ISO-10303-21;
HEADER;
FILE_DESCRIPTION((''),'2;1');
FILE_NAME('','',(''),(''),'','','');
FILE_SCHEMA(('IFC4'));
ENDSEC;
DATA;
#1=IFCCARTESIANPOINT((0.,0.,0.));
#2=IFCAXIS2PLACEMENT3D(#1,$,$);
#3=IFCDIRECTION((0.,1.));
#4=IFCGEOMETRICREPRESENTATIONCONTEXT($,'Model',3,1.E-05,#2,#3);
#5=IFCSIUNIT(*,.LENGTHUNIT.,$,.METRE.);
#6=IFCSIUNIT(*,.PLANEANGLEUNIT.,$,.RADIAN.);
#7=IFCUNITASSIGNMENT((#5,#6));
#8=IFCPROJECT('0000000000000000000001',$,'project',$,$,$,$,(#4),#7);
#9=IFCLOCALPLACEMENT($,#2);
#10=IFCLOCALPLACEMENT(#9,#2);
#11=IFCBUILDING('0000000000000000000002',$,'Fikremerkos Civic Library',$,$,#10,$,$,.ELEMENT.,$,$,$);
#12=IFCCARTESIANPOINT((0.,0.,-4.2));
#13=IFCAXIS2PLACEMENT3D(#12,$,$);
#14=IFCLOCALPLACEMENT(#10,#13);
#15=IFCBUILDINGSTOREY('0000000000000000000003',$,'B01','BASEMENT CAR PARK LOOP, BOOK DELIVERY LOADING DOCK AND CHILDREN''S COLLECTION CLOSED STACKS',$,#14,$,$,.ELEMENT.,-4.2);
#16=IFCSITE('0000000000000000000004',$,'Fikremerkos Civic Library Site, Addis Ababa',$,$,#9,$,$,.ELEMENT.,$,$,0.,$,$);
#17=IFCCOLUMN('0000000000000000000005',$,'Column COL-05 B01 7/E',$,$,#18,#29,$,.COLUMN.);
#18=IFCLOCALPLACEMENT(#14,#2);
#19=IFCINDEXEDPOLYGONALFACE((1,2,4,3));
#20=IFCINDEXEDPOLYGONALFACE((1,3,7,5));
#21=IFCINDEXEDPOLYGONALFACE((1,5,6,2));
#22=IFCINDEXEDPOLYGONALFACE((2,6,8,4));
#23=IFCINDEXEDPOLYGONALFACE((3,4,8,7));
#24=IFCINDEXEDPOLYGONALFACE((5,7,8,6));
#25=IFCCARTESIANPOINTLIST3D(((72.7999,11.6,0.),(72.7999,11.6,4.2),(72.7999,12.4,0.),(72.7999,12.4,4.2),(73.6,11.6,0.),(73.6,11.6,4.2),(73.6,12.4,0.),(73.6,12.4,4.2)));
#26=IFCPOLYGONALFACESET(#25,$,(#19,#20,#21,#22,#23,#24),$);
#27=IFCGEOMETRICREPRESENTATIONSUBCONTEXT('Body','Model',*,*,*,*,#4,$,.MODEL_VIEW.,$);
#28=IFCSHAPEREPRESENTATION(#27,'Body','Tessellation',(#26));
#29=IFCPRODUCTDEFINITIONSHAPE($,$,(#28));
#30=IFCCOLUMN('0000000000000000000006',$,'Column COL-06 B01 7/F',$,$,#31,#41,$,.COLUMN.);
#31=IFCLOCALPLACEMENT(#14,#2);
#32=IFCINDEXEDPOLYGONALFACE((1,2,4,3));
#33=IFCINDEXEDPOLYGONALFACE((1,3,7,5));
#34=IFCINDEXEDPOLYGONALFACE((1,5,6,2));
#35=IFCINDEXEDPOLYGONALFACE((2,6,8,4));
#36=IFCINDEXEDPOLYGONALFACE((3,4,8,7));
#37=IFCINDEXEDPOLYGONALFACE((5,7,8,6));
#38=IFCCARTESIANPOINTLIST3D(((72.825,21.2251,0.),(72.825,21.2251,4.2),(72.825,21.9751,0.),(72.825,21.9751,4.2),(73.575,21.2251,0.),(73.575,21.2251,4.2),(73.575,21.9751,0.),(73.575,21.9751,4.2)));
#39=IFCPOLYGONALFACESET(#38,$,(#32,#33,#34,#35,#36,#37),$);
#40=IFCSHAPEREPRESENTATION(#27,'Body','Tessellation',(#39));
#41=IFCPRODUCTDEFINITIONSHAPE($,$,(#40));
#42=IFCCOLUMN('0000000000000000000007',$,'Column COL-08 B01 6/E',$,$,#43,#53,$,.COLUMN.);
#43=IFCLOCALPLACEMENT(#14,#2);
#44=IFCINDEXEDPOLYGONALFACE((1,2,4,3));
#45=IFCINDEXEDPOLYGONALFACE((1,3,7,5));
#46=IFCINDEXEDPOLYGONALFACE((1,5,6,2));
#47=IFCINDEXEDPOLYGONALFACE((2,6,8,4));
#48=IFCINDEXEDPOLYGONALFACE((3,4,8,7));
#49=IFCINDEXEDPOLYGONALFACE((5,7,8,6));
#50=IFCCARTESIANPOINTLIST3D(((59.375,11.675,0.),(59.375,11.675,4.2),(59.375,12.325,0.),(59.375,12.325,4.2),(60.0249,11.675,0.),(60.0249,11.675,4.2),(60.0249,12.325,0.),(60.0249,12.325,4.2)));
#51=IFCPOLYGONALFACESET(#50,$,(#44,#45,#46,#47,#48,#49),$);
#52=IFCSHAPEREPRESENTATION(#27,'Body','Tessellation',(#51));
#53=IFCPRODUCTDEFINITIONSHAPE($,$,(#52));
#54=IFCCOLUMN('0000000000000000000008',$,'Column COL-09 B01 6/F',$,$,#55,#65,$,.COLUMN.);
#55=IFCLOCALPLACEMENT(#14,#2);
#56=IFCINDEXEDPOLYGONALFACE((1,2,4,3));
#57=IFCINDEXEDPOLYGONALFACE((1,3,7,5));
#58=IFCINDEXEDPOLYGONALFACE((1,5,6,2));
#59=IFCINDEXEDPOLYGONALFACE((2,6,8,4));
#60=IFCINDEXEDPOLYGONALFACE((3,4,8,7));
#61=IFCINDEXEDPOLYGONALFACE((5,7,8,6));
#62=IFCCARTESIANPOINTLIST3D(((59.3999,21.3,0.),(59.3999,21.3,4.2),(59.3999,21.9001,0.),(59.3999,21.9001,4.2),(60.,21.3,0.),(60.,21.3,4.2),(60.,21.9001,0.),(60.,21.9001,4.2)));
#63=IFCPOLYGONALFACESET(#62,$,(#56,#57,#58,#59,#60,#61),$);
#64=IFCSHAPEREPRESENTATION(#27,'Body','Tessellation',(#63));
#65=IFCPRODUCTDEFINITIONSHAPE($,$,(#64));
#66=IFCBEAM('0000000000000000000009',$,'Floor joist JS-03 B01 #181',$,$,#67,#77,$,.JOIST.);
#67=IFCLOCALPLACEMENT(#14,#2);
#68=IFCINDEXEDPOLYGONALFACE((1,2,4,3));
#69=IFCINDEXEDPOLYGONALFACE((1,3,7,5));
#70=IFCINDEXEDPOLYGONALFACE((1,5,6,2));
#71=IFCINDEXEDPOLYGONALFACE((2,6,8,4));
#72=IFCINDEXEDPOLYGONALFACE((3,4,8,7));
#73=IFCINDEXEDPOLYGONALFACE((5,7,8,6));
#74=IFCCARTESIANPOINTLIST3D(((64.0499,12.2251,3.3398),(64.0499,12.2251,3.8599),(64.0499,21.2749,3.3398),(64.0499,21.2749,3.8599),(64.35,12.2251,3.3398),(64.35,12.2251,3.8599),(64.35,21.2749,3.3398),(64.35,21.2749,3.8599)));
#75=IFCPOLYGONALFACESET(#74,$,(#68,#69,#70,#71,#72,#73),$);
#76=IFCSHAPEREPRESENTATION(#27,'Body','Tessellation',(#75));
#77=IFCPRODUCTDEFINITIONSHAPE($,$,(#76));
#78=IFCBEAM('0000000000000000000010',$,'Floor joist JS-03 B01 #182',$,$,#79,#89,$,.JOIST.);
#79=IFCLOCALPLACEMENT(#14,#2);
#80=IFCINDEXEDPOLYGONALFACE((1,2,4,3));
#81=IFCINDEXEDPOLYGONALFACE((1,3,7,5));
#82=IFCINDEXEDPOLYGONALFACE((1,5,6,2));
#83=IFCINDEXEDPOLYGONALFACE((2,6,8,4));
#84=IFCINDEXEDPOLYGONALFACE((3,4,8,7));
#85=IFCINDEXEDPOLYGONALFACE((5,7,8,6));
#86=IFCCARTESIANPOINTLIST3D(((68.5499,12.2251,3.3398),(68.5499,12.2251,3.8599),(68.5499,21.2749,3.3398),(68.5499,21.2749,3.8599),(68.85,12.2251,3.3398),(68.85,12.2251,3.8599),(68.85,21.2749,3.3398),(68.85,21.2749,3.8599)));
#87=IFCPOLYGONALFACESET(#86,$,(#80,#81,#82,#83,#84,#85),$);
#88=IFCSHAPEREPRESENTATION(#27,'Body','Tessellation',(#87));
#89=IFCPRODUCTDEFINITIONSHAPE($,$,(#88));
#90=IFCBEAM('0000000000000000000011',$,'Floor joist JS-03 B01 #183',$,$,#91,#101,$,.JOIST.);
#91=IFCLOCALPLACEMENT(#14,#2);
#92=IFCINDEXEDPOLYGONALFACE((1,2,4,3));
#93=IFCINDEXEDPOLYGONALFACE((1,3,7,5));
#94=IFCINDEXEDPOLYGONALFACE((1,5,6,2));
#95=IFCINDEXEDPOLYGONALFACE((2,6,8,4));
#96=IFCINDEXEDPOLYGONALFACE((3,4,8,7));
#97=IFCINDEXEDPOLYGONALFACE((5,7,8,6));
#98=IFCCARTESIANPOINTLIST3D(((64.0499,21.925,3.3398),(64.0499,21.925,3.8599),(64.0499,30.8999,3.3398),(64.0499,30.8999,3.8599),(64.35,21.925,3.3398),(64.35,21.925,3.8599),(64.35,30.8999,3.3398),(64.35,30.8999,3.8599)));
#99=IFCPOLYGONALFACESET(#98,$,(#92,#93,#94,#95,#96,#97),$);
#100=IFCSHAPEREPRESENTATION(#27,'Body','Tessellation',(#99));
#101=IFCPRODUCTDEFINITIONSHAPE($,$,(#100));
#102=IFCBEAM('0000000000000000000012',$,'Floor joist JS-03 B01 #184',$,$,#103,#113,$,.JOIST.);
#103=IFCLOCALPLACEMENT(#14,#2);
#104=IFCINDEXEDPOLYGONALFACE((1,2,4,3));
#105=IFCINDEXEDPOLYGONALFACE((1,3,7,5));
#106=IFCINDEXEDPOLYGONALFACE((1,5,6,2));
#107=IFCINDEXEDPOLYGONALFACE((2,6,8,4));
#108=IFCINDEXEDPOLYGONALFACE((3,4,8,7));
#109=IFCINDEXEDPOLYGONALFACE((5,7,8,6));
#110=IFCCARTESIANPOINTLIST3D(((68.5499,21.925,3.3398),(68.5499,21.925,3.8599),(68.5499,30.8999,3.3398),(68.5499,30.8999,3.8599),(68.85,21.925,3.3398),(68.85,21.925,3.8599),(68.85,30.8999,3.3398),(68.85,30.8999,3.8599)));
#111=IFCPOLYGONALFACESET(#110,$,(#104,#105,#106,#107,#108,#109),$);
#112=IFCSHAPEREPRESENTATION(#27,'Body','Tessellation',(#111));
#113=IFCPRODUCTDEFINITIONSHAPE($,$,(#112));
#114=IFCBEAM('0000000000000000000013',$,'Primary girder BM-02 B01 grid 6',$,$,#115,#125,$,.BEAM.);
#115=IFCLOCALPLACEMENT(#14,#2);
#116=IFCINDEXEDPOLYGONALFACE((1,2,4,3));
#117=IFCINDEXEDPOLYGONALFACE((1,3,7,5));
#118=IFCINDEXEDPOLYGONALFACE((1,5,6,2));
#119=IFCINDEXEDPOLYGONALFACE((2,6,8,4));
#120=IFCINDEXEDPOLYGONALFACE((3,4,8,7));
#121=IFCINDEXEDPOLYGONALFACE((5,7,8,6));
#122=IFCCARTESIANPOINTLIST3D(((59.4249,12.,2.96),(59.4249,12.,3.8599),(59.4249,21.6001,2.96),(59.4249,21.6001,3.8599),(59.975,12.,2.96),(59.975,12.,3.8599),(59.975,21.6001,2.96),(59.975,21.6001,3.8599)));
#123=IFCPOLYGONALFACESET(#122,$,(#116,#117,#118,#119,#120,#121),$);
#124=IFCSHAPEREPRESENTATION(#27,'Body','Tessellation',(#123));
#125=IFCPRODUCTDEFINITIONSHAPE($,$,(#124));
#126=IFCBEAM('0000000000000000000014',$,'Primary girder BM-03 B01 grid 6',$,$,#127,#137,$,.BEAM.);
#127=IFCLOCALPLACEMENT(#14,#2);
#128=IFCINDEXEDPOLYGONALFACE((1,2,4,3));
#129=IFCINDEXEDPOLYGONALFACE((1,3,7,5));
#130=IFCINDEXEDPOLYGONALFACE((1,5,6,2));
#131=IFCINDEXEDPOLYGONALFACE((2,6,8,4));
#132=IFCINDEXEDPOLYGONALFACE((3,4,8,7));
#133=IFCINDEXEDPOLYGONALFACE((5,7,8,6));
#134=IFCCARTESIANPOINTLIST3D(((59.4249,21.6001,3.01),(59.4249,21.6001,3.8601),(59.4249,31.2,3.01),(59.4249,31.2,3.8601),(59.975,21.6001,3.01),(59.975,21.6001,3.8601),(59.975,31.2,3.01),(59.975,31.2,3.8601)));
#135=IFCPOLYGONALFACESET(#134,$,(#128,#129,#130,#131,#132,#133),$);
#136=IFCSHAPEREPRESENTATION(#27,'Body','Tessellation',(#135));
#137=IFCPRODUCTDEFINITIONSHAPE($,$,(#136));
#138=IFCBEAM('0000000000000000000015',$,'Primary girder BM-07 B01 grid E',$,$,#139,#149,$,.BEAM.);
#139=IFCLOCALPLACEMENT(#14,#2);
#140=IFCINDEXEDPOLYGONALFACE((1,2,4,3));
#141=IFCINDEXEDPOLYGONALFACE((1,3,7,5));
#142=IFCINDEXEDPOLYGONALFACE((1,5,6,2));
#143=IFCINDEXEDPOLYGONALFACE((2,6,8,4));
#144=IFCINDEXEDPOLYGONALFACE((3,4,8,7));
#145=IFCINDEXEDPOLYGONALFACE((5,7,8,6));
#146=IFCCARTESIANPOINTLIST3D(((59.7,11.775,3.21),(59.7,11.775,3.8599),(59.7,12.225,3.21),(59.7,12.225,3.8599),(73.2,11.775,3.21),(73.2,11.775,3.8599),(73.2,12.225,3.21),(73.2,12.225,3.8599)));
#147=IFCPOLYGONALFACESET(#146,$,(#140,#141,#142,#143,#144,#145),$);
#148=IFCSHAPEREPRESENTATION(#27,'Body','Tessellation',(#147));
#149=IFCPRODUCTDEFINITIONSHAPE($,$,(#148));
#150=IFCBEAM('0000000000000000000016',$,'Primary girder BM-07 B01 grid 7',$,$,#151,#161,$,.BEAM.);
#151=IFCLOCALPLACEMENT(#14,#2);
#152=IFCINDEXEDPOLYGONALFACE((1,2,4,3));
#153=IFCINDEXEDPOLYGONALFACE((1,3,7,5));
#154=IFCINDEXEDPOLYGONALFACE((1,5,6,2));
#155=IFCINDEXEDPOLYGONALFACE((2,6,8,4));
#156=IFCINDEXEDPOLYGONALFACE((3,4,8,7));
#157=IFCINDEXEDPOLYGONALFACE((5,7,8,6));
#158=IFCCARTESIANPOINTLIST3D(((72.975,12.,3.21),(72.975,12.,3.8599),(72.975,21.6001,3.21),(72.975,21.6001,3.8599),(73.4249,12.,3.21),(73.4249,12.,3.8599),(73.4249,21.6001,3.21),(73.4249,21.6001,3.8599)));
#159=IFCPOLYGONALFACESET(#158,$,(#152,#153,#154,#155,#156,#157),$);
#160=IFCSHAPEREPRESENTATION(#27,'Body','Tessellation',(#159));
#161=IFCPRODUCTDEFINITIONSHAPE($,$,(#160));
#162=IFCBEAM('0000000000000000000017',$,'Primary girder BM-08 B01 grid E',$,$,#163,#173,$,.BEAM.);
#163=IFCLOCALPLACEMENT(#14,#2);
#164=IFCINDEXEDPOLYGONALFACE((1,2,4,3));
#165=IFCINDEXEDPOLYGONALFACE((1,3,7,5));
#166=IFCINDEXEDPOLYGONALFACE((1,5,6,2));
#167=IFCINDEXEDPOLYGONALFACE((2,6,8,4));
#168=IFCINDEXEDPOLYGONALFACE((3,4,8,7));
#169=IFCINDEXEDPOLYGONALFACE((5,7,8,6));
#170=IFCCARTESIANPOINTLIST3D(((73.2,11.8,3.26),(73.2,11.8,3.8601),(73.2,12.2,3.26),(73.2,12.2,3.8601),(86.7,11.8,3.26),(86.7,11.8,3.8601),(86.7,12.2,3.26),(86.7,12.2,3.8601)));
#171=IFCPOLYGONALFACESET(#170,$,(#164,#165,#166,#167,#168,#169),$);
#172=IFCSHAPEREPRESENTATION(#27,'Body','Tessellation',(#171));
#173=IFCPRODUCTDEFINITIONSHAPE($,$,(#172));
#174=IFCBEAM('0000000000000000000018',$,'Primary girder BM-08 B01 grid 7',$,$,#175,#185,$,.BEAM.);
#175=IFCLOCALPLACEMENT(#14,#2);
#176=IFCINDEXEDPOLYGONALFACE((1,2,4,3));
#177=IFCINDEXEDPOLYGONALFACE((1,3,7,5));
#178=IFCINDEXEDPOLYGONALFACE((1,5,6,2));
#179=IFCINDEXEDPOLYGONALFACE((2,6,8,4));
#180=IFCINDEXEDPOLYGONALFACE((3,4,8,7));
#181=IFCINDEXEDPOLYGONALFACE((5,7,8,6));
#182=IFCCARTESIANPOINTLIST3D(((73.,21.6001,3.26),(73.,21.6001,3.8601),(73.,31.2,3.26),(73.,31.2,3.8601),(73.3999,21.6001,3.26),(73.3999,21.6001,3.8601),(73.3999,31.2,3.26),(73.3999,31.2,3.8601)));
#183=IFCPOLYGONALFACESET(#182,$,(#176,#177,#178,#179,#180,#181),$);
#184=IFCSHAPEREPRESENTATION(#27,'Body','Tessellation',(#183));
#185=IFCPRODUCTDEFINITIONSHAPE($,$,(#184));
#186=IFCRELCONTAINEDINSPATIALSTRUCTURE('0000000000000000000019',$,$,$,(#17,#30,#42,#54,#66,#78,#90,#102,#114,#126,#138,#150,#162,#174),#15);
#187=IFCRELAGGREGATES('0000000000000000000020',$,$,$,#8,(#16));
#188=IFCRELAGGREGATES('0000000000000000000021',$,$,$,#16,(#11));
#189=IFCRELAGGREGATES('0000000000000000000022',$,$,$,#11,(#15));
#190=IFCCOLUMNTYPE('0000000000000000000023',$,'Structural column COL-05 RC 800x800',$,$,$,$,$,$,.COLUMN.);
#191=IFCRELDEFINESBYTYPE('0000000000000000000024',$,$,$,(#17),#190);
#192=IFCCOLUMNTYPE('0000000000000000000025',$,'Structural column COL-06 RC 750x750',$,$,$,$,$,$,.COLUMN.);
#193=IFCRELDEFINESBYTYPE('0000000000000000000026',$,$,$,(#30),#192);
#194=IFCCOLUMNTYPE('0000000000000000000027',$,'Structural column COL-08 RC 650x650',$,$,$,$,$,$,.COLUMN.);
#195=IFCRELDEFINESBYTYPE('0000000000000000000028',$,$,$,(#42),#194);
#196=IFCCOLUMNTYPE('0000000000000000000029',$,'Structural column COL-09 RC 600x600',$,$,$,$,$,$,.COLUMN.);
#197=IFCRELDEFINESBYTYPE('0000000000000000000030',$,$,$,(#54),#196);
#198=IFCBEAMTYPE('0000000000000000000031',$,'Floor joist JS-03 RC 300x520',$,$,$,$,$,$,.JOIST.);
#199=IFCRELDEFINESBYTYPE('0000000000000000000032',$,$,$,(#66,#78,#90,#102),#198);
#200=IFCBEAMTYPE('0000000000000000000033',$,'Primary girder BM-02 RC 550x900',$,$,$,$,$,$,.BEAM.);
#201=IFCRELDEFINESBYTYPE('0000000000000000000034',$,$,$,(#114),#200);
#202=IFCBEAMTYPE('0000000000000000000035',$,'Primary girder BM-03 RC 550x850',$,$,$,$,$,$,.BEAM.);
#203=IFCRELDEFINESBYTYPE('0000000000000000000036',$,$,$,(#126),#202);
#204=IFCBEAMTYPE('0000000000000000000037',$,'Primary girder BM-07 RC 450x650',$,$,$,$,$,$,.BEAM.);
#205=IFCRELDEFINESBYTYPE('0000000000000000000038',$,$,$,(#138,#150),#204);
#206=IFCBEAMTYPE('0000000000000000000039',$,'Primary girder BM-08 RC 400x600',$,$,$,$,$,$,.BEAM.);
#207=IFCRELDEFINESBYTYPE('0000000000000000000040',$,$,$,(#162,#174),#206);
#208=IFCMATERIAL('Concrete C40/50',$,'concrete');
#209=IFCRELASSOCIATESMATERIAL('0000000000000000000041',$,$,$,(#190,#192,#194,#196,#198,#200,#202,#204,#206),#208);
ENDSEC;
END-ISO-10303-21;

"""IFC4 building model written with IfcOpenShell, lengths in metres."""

from ifc_helpers import new_model, si_unit, direction, frame, origin, origin_2d, place, context, subcontext, project, spatial, rectangle, extrude, material, material_profile, profile_set, type_object, element, save


model = new_model("IFC4")

# Units and contexts
model_context = context("Model", 3, precision=1e-05, world=origin(), true_north=direction((0.0, 1.0)))
body_context = subcontext(model_context, "Body", "Model", "MODEL_VIEW")
ifc_project = project(units=[si_unit("LENGTHUNIT", "METRE"), si_unit("PLANEANGLEUNIT", "RADIAN")], contexts=[model_context])

# Site, building, storey
site_placement = place(None, origin())
site = spatial("IfcSite", under=ifc_project, at=site_placement, Name="Fikremerkos Civic Library Site, Addis Ababa", CompositionType="ELEMENT", RefElevation=0.0)
building_placement = place(site_placement, origin())
building = spatial("IfcBuilding", under=site, at=building_placement, Name="Fikremerkos Civic Library", CompositionType="ELEMENT")
storey_placement = place(building_placement, frame((0.0, 0.0, -4.2)))
storey = spatial("IfcBuildingStorey", under=building, at=storey_placement, Name="B01", Description="BASEMENT CAR PARK LOOP, BOOK DELIVERY LOADING DOCK AND CHILDREN'S COLLECTION CLOSED STACKS", CompositionType="ELEMENT", Elevation=-4.2)

# Columns
ifc_material_1 = material(Name="Concrete C40/50", Category="concrete")
ifc_material_profile_1 = material_profile(ifc_material_1, rectangle(XDim=0.8, YDim=0.8, at=origin_2d()), Name="RC 800x800")
ifc_profile_set_1 = profile_set([ifc_material_profile_1], Name="Concrete C40/50")
column_type_1 = type_object("IfcColumnType", Name="Structural column COL-05 RC 800x800", PredefinedType="COLUMN", material=ifc_profile_set_1)
column_1_placement = place(storey_placement, frame((73.2, 12.0, 0.0), z_axis=(0.0, 0.0, 1.0), x_axis=(1.0, 0.0, 0.0)))
element("IfcColumn", 1, at=column_1_placement, inside=storey, type_object=column_type_1, Name="Column COL-05 B01 7/E", PredefinedType="COLUMN", context=body_context, shape_type="SweptSolid", body=[
    extrude(rectangle(XDim=0.8, YDim=0.8, at=origin_2d()), origin(), (0.0, 0.0, 1.0), 4.2),
])
ifc_material_profile_2 = material_profile(ifc_material_1, rectangle(XDim=0.75, YDim=0.75, at=origin_2d()), Name="RC 750x750")
ifc_profile_set_2 = profile_set([ifc_material_profile_2], Name="Concrete C40/50")
column_type_2 = type_object("IfcColumnType", Name="Structural column COL-06 RC 750x750", PredefinedType="COLUMN", material=ifc_profile_set_2)
column_2_placement = place(storey_placement, frame((73.2, 21.6001, 0.0), z_axis=(0.0, 0.0, 1.0), x_axis=(1.0, 0.0, 0.0)))
element("IfcColumn", 2, at=column_2_placement, inside=storey, type_object=column_type_2, Name="Column COL-06 B01 7/F", PredefinedType="COLUMN", context=body_context, shape_type="SweptSolid", body=[
    extrude(rectangle(XDim=0.75, YDim=0.75, at=origin_2d()), origin(), (0.0, 0.0, 1.0), 4.2),
])
ifc_material_profile_3 = material_profile(ifc_material_1, rectangle(XDim=0.6499, YDim=0.6499, at=origin_2d()), Name="RC 650x650")
ifc_profile_set_3 = profile_set([ifc_material_profile_3], Name="Concrete C40/50")
column_type_3 = type_object("IfcColumnType", Name="Structural column COL-08 RC 650x650", PredefinedType="COLUMN", material=ifc_profile_set_3)
column_3_placement = place(storey_placement, frame((59.7, 12.0, 0.0), z_axis=(0.0, 0.0, 1.0), x_axis=(1.0, 0.0, 0.0)))
element("IfcColumn", 3, at=column_3_placement, inside=storey, type_object=column_type_3, Name="Column COL-08 B01 6/E", PredefinedType="COLUMN", context=body_context, shape_type="SweptSolid", body=[
    extrude(rectangle(XDim=0.6499, YDim=0.6499, at=origin_2d()), origin(), (0.0, 0.0, 1.0), 4.2),
])
ifc_material_profile_4 = material_profile(ifc_material_1, rectangle(XDim=0.6001, YDim=0.6001, at=origin_2d()), Name="RC 600x600")
ifc_profile_set_4 = profile_set([ifc_material_profile_4], Name="Concrete C40/50")
column_type_4 = type_object("IfcColumnType", Name="Structural column COL-09 RC 600x600", PredefinedType="COLUMN", material=ifc_profile_set_4)
column_4_placement = place(storey_placement, frame((59.7, 21.6001, 0.0), z_axis=(0.0, 0.0, 1.0), x_axis=(1.0, 0.0, 0.0)))
element("IfcColumn", 4, at=column_4_placement, inside=storey, type_object=column_type_4, Name="Column COL-09 B01 6/F", PredefinedType="COLUMN", context=body_context, shape_type="SweptSolid", body=[
    extrude(rectangle(XDim=0.6001, YDim=0.6001, at=origin_2d()), origin(), (0.0, 0.0, 1.0), 4.2),
])

# Beams
ifc_material_profile_5 = material_profile(ifc_material_1, rectangle(XDim=0.3, YDim=0.52, at=origin_2d()), Name="RC 300x520")
ifc_profile_set_5 = profile_set([ifc_material_profile_5], Name="Concrete C40/50")
beam_type_1 = type_object("IfcBeamType", Name="Floor joist JS-03 RC 300x520", PredefinedType="JOIST", material=ifc_profile_set_5)
for number, where, z_axis, x_axis, name in (
    (5, (64.2, 12.2251, 3.5999), (0.0, 1.0, 0.0), (-1.0, 0.0, 0.0), "Floor joist JS-03 B01 #181"),
    (6, (68.7, 12.2251, 3.5999), (0.0, 1.0, 0.0), (-1.0, 0.0, 0.0), "Floor joist JS-03 B01 #182"),
):
    element("IfcBeam", number, at=place(storey_placement, frame(where, z_axis=z_axis, x_axis=x_axis)), inside=storey, type_object=beam_type_1, Name=name, PredefinedType="JOIST", context=body_context, shape_type="SweptSolid", body=[
        extrude(rectangle(XDim=0.3, YDim=0.52, at=origin_2d()), origin(), (0.0, 0.0, 1.0), 9.0498),
    ])
for number, where, z_axis, x_axis, name in (
    (7, (64.2, 21.925, 3.5999), (0.0, 1.0, 0.0), (-1.0, 0.0, 0.0), "Floor joist JS-03 B01 #183"),
    (8, (68.7, 21.925, 3.5999), (0.0, 1.0, 0.0), (-1.0, 0.0, 0.0), "Floor joist JS-03 B01 #184"),
):
    element("IfcBeam", number, at=place(storey_placement, frame(where, z_axis=z_axis, x_axis=x_axis)), inside=storey, type_object=beam_type_1, Name=name, PredefinedType="JOIST", context=body_context, shape_type="SweptSolid", body=[
        extrude(rectangle(XDim=0.3, YDim=0.52, at=origin_2d()), origin(), (0.0, 0.0, 1.0), 8.9749),
    ])
ifc_material_profile_6 = material_profile(ifc_material_1, rectangle(XDim=0.55, YDim=0.8999, at=origin_2d()), Name="RC 550x900")
ifc_profile_set_6 = profile_set([ifc_material_profile_6], Name="Concrete C40/50")
beam_type_2 = type_object("IfcBeamType", Name="Primary girder BM-02 RC 550x900", PredefinedType="BEAM", material=ifc_profile_set_6)
beam_1_placement = place(storey_placement, frame((59.7, 12.0, 3.4099), z_axis=(0.0, 1.0, 0.0), x_axis=(-1.0, 0.0, 0.0)))
element("IfcBeam", 9, at=beam_1_placement, inside=storey, type_object=beam_type_2, Name="Primary girder BM-02 B01 grid 6", PredefinedType="BEAM", context=body_context, shape_type="SweptSolid", body=[
    extrude(rectangle(XDim=0.55, YDim=0.8999, at=origin_2d()), origin(), (0.0, 0.0, 1.0), 9.6001),
])
ifc_material_profile_7 = material_profile(ifc_material_1, rectangle(XDim=0.55, YDim=0.8501, at=origin_2d()), Name="RC 550x850")
ifc_profile_set_7 = profile_set([ifc_material_profile_7], Name="Concrete C40/50")
beam_type_3 = type_object("IfcBeamType", Name="Primary girder BM-03 RC 550x850", PredefinedType="BEAM", material=ifc_profile_set_7)
beam_2_placement = place(storey_placement, frame((59.7, 21.6001, 3.4351), z_axis=(0.0, 1.0, 0.0), x_axis=(-1.0, 0.0, 0.0)))
element("IfcBeam", 10, at=beam_2_placement, inside=storey, type_object=beam_type_3, Name="Primary girder BM-03 B01 grid 6", PredefinedType="BEAM", context=body_context, shape_type="SweptSolid", body=[
    extrude(rectangle(XDim=0.55, YDim=0.8501, at=origin_2d()), origin(), (0.0, 0.0, 1.0), 9.5999),
])
ifc_material_profile_8 = material_profile(ifc_material_1, rectangle(XDim=0.45, YDim=0.6499, at=origin_2d()), Name="RC 450x650")
ifc_profile_set_8 = profile_set([ifc_material_profile_8], Name="Concrete C40/50")
beam_type_4 = type_object("IfcBeamType", Name="Primary girder BM-07 RC 450x650", PredefinedType="BEAM", material=ifc_profile_set_8)
beam_3_placement = place(storey_placement, frame((59.7, 12.0, 3.5349), z_axis=(1.0, 0.0, 0.0), x_axis=(0.0, 1.0, 0.0)))
element("IfcBeam", 11, at=beam_3_placement, inside=storey, type_object=beam_type_4, Name="Primary girder BM-07 B01 grid E", PredefinedType="BEAM", context=body_context, shape_type="SweptSolid", body=[
    extrude(rectangle(XDim=0.45, YDim=0.6499, at=origin_2d()), origin(), (0.0, 0.0, 1.0), 13.5),
])
beam_4_placement = place(storey_placement, frame((73.2, 12.0, 3.5349), z_axis=(0.0, 1.0, 0.0), x_axis=(-1.0, 0.0, 0.0)))
element("IfcBeam", 12, at=beam_4_placement, inside=storey, type_object=beam_type_4, Name="Primary girder BM-07 B01 grid 7", PredefinedType="BEAM", context=body_context, shape_type="SweptSolid", body=[
    extrude(rectangle(XDim=0.45, YDim=0.6499, at=origin_2d()), origin(), (0.0, 0.0, 1.0), 9.6001),
])
ifc_material_profile_9 = material_profile(ifc_material_1, rectangle(XDim=0.3999, YDim=0.6001, at=origin_2d()), Name="RC 400x600")
ifc_profile_set_9 = profile_set([ifc_material_profile_9], Name="Concrete C40/50")
beam_type_5 = type_object("IfcBeamType", Name="Primary girder BM-08 RC 400x600", PredefinedType="BEAM", material=ifc_profile_set_9)
beam_5_placement = place(storey_placement, frame((73.2, 12.0, 3.5601), z_axis=(1.0, 0.0, 0.0), x_axis=(0.0, 1.0, 0.0)))
element("IfcBeam", 13, at=beam_5_placement, inside=storey, type_object=beam_type_5, Name="Primary girder BM-08 B01 grid E", PredefinedType="BEAM", context=body_context, shape_type="SweptSolid", body=[
    extrude(rectangle(XDim=0.3999, YDim=0.6001, at=origin_2d()), origin(), (0.0, 0.0, 1.0), 13.5),
])
beam_6_placement = place(storey_placement, frame((73.2, 21.6001, 3.5601), z_axis=(0.0, 1.0, 0.0), x_axis=(-1.0, 0.0, 0.0)))
element("IfcBeam", 14, at=beam_6_placement, inside=storey, type_object=beam_type_5, Name="Primary girder BM-08 B01 grid 7", PredefinedType="BEAM", context=body_context, shape_type="SweptSolid", body=[
    extrude(rectangle(XDim=0.3999, YDim=0.6001, at=origin_2d()), origin(), (0.0, 0.0, 1.0), 9.5999),
])

save(model, "model.ifc")
